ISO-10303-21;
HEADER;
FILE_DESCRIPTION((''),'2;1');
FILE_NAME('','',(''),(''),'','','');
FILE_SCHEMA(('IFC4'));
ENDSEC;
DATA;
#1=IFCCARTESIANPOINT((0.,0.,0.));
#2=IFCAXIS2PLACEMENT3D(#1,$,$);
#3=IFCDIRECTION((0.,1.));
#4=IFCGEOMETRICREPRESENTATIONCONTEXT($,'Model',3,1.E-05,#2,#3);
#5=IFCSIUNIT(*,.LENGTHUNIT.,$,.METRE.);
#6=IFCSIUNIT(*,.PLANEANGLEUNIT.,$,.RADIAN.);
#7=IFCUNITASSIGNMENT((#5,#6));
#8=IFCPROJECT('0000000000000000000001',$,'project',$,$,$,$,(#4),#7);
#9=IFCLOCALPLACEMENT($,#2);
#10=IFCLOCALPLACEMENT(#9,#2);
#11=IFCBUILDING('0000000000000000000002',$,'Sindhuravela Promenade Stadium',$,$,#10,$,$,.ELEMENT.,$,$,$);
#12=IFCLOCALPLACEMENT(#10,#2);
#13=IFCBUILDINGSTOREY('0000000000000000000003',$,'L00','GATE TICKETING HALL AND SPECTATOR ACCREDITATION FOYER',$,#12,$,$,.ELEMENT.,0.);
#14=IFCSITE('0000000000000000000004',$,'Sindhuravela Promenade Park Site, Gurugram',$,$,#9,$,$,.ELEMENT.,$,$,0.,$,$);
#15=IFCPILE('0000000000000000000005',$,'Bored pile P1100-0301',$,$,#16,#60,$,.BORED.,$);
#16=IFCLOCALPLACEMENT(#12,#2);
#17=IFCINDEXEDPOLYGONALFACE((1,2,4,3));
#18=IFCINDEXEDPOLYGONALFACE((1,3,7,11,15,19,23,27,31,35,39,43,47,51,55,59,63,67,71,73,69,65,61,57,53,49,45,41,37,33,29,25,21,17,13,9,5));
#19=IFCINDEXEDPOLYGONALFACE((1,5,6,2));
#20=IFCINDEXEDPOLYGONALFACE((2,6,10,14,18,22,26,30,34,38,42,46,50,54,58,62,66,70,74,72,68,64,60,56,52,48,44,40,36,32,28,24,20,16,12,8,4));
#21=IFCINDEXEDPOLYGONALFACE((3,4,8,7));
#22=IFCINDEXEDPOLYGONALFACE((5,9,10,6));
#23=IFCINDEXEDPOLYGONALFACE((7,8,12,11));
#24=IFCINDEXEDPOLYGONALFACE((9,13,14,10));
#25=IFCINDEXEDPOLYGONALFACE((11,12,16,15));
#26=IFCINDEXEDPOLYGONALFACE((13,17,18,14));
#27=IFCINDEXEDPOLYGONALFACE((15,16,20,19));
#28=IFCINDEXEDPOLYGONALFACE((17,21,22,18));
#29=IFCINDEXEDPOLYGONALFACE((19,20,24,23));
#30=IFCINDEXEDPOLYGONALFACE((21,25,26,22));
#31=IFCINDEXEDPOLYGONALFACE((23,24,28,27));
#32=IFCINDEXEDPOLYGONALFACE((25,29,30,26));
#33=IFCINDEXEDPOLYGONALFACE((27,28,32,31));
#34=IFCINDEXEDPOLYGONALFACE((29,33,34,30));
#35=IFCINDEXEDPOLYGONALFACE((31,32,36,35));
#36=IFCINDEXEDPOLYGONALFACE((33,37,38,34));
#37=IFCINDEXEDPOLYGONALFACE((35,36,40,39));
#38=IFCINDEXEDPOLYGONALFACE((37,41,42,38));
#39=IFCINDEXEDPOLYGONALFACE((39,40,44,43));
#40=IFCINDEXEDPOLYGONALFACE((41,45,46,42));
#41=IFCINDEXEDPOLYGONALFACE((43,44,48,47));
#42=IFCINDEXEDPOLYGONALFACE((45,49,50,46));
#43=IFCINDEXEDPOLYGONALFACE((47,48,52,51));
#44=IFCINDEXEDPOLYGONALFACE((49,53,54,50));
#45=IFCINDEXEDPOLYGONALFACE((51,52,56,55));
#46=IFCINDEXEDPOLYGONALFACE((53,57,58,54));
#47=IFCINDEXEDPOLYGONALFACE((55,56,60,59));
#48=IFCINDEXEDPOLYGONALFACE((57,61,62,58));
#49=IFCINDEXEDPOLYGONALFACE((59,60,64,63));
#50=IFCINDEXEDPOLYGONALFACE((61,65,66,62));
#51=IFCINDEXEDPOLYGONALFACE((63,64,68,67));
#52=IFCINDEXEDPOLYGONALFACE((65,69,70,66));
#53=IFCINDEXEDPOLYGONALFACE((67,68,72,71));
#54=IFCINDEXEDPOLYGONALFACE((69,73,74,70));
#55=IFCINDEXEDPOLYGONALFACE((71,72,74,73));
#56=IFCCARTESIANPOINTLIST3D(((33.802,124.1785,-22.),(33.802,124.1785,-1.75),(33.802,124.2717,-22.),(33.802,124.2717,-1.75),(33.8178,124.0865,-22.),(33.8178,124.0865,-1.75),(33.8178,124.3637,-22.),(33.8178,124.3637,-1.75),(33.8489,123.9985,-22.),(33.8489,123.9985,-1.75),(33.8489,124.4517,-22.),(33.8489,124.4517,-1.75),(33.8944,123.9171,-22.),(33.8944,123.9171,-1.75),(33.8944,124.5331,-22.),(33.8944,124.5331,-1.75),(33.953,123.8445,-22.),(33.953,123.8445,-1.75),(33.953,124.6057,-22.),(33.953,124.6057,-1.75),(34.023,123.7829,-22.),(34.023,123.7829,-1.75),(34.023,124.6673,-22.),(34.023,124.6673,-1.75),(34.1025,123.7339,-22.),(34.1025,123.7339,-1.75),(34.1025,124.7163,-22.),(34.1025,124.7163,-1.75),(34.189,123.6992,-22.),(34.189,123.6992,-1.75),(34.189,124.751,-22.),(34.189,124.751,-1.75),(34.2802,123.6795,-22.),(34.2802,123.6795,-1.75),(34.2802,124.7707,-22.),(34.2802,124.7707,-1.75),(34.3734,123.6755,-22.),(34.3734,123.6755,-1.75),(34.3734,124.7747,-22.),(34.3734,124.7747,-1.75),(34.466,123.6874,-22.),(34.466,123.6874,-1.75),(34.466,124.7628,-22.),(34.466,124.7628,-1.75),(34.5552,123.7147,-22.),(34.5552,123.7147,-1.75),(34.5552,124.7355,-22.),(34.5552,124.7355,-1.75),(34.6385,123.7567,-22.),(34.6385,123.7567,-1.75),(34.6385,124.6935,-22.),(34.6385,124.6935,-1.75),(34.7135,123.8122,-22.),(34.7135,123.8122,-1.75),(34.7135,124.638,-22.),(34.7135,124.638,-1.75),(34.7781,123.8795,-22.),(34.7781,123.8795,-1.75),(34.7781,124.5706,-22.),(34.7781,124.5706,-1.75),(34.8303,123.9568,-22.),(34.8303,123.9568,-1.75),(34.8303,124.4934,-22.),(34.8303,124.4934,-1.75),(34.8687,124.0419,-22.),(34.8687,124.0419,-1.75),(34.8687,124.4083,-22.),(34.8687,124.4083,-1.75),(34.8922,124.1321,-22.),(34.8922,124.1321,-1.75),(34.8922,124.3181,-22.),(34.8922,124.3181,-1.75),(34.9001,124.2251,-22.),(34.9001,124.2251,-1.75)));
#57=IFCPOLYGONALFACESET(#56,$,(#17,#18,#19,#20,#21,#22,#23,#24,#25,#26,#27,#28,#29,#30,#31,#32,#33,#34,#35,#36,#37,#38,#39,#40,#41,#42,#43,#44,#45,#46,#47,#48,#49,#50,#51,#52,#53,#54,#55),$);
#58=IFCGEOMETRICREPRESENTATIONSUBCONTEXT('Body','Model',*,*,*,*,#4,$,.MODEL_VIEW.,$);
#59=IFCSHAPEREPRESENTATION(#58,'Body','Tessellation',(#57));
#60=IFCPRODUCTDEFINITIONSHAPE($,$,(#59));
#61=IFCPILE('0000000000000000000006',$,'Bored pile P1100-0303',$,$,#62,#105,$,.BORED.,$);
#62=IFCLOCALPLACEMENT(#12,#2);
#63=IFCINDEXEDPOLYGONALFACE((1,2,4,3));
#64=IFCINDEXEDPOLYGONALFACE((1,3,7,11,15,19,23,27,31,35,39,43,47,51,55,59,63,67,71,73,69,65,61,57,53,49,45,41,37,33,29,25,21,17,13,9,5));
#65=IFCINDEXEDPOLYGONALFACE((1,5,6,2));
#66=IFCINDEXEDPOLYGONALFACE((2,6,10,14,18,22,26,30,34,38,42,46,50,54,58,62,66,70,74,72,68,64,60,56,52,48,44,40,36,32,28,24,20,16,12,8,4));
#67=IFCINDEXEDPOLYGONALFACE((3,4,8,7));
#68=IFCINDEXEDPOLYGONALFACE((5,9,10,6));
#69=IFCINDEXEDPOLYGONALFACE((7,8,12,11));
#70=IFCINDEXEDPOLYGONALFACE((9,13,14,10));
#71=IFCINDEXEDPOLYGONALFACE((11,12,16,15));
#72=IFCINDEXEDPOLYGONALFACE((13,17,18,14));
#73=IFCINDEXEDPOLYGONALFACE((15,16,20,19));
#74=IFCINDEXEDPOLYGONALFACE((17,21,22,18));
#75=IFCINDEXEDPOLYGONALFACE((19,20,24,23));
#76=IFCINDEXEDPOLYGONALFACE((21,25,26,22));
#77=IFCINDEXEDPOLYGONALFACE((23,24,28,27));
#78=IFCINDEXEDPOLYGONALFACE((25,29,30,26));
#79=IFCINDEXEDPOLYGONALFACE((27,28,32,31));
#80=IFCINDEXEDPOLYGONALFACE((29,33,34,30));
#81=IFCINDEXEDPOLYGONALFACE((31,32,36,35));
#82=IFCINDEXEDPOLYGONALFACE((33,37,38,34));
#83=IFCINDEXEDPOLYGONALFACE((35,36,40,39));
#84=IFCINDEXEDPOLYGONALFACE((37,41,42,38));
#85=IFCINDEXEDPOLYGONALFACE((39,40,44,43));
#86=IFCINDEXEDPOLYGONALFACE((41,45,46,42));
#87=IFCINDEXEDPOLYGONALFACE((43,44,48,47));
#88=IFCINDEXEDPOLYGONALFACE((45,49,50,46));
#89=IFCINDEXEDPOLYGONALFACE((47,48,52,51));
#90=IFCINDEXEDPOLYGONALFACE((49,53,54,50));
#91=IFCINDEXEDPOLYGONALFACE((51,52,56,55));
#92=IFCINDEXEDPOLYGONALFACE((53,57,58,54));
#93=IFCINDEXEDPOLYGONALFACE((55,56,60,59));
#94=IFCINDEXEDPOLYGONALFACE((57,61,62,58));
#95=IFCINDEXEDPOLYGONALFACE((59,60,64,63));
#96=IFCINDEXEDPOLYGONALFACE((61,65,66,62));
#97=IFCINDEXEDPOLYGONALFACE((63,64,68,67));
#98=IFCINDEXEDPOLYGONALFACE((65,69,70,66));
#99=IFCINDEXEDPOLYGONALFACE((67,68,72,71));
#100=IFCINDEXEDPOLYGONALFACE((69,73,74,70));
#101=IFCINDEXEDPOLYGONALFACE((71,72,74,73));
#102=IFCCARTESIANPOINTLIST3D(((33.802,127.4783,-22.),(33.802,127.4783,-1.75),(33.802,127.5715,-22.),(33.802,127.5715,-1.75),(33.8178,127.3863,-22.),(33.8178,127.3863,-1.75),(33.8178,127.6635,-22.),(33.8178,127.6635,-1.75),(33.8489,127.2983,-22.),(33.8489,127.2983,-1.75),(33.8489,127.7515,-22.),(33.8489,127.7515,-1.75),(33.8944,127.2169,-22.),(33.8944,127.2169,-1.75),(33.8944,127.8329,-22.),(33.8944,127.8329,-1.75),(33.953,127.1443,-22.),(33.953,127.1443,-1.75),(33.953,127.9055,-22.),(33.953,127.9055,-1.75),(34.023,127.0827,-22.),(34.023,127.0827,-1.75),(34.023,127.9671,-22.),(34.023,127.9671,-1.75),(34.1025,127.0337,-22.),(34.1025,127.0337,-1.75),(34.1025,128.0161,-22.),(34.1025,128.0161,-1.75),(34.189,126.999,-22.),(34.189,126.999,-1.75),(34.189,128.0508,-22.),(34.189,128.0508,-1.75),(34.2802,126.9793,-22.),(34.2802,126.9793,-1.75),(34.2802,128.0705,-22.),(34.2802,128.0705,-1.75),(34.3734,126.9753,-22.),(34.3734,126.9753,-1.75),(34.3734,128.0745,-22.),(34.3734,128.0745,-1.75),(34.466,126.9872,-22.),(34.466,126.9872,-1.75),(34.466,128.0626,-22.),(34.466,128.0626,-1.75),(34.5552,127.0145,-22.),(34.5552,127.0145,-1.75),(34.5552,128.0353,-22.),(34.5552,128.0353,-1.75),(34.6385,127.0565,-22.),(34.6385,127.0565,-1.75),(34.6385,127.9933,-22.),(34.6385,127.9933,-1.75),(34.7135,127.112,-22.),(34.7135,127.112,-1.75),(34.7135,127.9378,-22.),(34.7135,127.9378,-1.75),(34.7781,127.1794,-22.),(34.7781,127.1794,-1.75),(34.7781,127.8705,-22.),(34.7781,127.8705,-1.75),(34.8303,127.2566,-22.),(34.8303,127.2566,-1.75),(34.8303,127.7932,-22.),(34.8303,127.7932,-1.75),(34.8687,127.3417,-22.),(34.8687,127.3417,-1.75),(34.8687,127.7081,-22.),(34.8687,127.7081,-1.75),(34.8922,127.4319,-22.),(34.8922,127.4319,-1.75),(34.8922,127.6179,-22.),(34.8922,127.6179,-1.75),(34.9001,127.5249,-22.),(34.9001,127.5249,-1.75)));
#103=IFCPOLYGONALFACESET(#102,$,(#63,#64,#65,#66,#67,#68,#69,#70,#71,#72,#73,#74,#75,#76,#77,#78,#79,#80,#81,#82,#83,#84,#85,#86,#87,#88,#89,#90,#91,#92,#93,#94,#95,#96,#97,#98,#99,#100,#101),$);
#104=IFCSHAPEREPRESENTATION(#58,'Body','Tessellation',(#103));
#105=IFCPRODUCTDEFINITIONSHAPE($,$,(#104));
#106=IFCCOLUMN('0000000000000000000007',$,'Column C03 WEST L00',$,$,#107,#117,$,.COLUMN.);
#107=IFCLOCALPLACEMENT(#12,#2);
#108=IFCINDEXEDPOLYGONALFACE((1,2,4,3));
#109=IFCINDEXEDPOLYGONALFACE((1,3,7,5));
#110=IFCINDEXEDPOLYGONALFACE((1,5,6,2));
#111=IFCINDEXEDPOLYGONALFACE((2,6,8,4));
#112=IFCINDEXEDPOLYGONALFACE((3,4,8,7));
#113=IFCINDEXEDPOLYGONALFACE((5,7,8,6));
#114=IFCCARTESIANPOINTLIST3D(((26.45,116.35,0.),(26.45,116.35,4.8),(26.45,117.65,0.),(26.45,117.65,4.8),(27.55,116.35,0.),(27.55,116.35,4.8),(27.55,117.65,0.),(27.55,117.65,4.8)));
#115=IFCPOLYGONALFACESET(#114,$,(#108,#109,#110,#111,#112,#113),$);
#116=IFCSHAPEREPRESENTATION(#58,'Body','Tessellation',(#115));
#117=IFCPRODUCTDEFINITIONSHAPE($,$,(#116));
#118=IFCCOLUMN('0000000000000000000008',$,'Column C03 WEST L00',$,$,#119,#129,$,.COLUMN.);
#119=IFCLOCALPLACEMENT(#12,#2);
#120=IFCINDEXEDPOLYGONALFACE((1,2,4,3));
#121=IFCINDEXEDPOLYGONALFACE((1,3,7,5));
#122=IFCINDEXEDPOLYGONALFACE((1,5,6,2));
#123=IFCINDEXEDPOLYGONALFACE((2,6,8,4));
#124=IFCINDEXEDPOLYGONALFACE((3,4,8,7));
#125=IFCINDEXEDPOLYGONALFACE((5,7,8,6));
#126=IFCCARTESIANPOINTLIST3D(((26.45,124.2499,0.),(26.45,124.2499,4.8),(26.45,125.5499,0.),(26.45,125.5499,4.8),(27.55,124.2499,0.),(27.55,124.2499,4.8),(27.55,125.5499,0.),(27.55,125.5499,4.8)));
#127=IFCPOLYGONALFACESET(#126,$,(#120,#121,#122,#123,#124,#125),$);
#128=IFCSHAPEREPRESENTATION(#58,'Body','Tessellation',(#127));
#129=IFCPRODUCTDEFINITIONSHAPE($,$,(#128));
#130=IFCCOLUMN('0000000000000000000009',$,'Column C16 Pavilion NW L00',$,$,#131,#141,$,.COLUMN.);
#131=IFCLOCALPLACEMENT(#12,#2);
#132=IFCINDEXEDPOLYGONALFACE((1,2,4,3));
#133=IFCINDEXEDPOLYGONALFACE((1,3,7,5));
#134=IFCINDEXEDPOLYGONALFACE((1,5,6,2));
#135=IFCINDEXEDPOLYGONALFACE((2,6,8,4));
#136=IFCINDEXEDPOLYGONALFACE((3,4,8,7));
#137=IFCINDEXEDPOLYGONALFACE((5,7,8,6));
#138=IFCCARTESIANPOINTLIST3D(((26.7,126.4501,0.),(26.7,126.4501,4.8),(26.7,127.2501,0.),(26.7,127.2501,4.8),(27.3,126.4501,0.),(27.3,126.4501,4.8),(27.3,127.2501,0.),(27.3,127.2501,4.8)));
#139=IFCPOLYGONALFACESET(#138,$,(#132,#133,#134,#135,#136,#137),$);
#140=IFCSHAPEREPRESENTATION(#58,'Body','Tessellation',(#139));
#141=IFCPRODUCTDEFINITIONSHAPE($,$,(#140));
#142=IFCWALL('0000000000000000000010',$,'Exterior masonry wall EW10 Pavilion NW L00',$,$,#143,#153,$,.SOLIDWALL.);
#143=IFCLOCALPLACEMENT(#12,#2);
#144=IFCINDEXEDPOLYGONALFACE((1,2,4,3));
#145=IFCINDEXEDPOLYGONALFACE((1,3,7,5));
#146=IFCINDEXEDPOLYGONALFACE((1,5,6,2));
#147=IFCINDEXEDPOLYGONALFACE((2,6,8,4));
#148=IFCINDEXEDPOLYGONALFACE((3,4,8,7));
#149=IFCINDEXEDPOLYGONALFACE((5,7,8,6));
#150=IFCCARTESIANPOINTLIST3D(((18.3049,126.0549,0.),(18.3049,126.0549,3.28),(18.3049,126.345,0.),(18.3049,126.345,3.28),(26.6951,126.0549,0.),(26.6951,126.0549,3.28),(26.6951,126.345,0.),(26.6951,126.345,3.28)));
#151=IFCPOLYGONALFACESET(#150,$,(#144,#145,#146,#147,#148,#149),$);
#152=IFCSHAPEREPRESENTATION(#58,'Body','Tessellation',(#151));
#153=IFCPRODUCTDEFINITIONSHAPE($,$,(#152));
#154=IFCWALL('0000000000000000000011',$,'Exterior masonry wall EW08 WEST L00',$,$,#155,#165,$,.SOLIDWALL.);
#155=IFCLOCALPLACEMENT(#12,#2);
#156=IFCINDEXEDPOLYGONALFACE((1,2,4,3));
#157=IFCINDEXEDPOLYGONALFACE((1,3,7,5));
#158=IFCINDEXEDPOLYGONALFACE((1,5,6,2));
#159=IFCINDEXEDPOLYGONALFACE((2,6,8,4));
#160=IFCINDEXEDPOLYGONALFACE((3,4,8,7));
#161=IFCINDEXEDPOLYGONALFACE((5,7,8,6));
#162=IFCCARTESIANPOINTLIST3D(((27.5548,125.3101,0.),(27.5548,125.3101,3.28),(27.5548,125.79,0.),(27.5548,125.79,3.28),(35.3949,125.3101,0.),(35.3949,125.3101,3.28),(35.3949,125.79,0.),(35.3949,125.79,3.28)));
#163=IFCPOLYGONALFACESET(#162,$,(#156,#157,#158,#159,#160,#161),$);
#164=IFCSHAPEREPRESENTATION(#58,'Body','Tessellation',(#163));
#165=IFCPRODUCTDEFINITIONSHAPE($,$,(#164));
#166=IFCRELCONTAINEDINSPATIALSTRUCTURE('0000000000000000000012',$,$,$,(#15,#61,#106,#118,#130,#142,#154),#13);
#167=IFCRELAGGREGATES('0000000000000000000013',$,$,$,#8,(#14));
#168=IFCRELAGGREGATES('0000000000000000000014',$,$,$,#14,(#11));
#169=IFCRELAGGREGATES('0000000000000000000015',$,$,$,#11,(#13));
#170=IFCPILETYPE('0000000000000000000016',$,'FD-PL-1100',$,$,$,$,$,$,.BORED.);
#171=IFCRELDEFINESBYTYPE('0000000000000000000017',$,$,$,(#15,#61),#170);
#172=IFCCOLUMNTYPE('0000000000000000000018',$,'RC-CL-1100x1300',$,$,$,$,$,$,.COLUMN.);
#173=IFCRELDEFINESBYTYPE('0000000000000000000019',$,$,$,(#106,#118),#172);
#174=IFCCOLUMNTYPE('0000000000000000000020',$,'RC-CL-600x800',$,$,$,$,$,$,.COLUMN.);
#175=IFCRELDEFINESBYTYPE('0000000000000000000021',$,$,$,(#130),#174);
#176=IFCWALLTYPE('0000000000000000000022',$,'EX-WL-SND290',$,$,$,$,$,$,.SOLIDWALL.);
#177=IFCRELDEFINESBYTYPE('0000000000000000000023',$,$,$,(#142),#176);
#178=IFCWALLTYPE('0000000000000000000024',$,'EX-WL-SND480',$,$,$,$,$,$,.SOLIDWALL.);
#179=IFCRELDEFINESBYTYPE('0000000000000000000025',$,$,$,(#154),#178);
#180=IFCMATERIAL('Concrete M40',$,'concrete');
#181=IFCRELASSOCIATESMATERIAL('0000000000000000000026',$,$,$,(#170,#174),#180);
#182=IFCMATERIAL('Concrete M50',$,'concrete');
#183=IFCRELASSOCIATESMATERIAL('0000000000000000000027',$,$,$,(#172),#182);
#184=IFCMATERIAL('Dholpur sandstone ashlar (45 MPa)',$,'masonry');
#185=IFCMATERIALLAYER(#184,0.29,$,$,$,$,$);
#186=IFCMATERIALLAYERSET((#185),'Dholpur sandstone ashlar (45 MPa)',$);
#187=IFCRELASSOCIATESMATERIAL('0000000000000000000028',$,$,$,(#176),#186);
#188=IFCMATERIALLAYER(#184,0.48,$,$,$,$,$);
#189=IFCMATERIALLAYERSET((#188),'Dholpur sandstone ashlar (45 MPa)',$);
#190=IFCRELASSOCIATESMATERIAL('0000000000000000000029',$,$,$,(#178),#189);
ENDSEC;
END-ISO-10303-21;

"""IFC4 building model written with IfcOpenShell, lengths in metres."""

from ifc_helpers import new_model, si_unit, direction, frame, frame_2d, origin, origin_2d, place, context, subcontext, project, spatial, rectangle, circle, extrude, material, layer, layer_set, material_profile, profile_set, type_object, element, save


model = new_model("IFC4")

# Units and contexts
model_context = context("Model", 3, precision=1e-05, world=origin(), true_north=direction((0.0, 1.0)))
body_context = subcontext(model_context, "Body", "Model", "MODEL_VIEW")
ifc_project = project(units=[si_unit("LENGTHUNIT", "METRE"), si_unit("PLANEANGLEUNIT", "RADIAN")], contexts=[model_context])

# Site, building, storey
site_placement = place(None, origin())
site = spatial("IfcSite", under=ifc_project, at=site_placement, Name="Sindhuravela Promenade Park Site, Gurugram", CompositionType="ELEMENT", RefElevation=0.0)
building_placement = place(site_placement, origin())
building = spatial("IfcBuilding", under=site, at=building_placement, Name="Sindhuravela Promenade Stadium", CompositionType="ELEMENT")
storey_placement = place(building_placement, origin())
storey = spatial("IfcBuildingStorey", under=building, at=storey_placement, Name="L00", Description="GATE TICKETING HALL AND SPECTATOR ACCREDITATION FOYER", CompositionType="ELEMENT", Elevation=0.0)

# Shared definitions
ifc_material_1 = material(Name="Concrete M50", Category="concrete")

# Piles
ifc_material_2 = material(Name="Concrete M40", Category="concrete")
ifc_material_profile_1 = material_profile(ifc_material_2, circle(Radius=0.55, at=origin_2d()), Name="BORED PILE D1100")
ifc_profile_set_1 = profile_set([ifc_material_profile_1], Name="Concrete M40")
pile_type = type_object("IfcPileType", Name="FD-PL-1100", PredefinedType="BORED", material=ifc_profile_set_1)
for number, where, z_axis, x_axis, name in (
    (1, (34.3501, 124.2251, -1.75), (0.0, 0.0, -1.0), (1.0, 0.0, 0.0), "Bored pile P1100-0301"),
    (2, (34.3501, 127.5249, -1.75), (0.0, 0.0, -1.0), (1.0, 0.0, 0.0), "Bored pile P1100-0303"),
):
    element("IfcPile", number, at=place(storey_placement, frame(where, z_axis=z_axis, x_axis=x_axis)), inside=storey, type_object=pile_type, Name=name, PredefinedType="BORED", context=body_context, shape_type="SweptSolid", body=[
        extrude(circle(Radius=0.55, at=origin_2d()), origin(), (0.0, 0.0, 1.0), 20.25),
    ])

# Columns
ifc_material_profile_2 = material_profile(ifc_material_1, rectangle(XDim=1.1001, YDim=1.3, at=origin_2d()), Name="RC 1100x1300")
ifc_profile_set_2 = profile_set([ifc_material_profile_2], Name="Concrete M50")
column_type_1 = type_object("IfcColumnType", Name="RC-CL-1100x1300", PredefinedType="COLUMN", material=ifc_profile_set_2)
for number, where, z_axis, x_axis, name in (
    (3, (27.0, 117.0, 0.0), (0.0, 0.0, 1.0), (1.0, 0.0, 0.0), "Column C03 WEST L00"),
    (4, (27.0, 124.8999, 0.0), (0.0, 0.0, 1.0), (1.0, 0.0, 0.0), "Column C03 WEST L00"),
):
    element("IfcColumn", number, at=place(storey_placement, frame(where, z_axis=z_axis, x_axis=x_axis)), inside=storey, type_object=column_type_1, Name=name, PredefinedType="COLUMN", context=body_context, shape_type="SweptSolid", body=[
        extrude(rectangle(XDim=1.1001, YDim=1.3, at=origin_2d()), origin(), (0.0, 0.0, 1.0), 4.8),
    ])
ifc_material_profile_3 = material_profile(ifc_material_2, rectangle(XDim=0.6001, YDim=0.8, at=origin_2d()), Name="RC 600x800")
ifc_profile_set_3 = profile_set([ifc_material_profile_3], Name="Concrete M40")
column_type_2 = type_object("IfcColumnType", Name="RC-CL-600x800", PredefinedType="COLUMN", material=ifc_profile_set_3)
column_placement = place(storey_placement, frame((27.0, 126.8501, 0.0), z_axis=(0.0, 0.0, 1.0), x_axis=(1.0, 0.0, 0.0)))
element("IfcColumn", 5, at=column_placement, inside=storey, type_object=column_type_2, Name="Column C16 Pavilion NW L00", PredefinedType="COLUMN", context=body_context, shape_type="SweptSolid", body=[
    extrude(rectangle(XDim=0.6001, YDim=0.8, at=origin_2d()), origin(), (0.0, 0.0, 1.0), 4.8),
])

# Walls
ifc_material_3 = material(Name="Dholpur sandstone ashlar (45 MPa)", Category="masonry")
ifc_layer_1 = layer(ifc_material_3, 0.29)
ifc_layer_set_1 = layer_set([ifc_layer_1], Name="Dholpur sandstone ashlar (45 MPa)")
wall_type_1 = type_object("IfcWallType", Name="EX-WL-SND290", PredefinedType="SOLIDWALL", material=ifc_layer_set_1)
wall_1_placement = place(storey_placement, frame((26.6951, 126.2, 0.0), z_axis=(0.0, 0.0, 1.0), x_axis=(-1.0, 0.0, 0.0)))
element("IfcWall", 6, at=wall_1_placement, inside=storey, type_object=wall_type_1, Name="Exterior masonry wall EW10 Pavilion NW L00", PredefinedType="SOLIDWALL", context=body_context, shape_type="SweptSolid", body=[
    extrude(rectangle(XDim=8.3901, YDim=0.29, at=frame_2d((4.1951, 0.0))), origin(), (0.0, 0.0, 1.0), 3.28),
])
ifc_layer_2 = layer(ifc_material_3, 0.48)
ifc_layer_set_2 = layer_set([ifc_layer_2], Name="Dholpur sandstone ashlar (45 MPa)")
wall_type_2 = type_object("IfcWallType", Name="EX-WL-SND480", PredefinedType="SOLIDWALL", material=ifc_layer_set_2)
wall_2_placement = place(storey_placement, frame((27.5549, 125.55, 0.0), z_axis=(0.0, 0.0, 1.0), x_axis=(1.0, 0.0, 0.0)))
element("IfcWall", 7, at=wall_2_placement, inside=storey, type_object=wall_type_2, Name="Exterior masonry wall EW08 WEST L00", PredefinedType="SOLIDWALL", context=body_context, shape_type="SweptSolid", body=[
    extrude(rectangle(XDim=7.8401, YDim=0.48, at=frame_2d((3.9199, 0.0))), origin(), (0.0, 0.0, 1.0), 3.28),
])

save(model, "model.ifc")
